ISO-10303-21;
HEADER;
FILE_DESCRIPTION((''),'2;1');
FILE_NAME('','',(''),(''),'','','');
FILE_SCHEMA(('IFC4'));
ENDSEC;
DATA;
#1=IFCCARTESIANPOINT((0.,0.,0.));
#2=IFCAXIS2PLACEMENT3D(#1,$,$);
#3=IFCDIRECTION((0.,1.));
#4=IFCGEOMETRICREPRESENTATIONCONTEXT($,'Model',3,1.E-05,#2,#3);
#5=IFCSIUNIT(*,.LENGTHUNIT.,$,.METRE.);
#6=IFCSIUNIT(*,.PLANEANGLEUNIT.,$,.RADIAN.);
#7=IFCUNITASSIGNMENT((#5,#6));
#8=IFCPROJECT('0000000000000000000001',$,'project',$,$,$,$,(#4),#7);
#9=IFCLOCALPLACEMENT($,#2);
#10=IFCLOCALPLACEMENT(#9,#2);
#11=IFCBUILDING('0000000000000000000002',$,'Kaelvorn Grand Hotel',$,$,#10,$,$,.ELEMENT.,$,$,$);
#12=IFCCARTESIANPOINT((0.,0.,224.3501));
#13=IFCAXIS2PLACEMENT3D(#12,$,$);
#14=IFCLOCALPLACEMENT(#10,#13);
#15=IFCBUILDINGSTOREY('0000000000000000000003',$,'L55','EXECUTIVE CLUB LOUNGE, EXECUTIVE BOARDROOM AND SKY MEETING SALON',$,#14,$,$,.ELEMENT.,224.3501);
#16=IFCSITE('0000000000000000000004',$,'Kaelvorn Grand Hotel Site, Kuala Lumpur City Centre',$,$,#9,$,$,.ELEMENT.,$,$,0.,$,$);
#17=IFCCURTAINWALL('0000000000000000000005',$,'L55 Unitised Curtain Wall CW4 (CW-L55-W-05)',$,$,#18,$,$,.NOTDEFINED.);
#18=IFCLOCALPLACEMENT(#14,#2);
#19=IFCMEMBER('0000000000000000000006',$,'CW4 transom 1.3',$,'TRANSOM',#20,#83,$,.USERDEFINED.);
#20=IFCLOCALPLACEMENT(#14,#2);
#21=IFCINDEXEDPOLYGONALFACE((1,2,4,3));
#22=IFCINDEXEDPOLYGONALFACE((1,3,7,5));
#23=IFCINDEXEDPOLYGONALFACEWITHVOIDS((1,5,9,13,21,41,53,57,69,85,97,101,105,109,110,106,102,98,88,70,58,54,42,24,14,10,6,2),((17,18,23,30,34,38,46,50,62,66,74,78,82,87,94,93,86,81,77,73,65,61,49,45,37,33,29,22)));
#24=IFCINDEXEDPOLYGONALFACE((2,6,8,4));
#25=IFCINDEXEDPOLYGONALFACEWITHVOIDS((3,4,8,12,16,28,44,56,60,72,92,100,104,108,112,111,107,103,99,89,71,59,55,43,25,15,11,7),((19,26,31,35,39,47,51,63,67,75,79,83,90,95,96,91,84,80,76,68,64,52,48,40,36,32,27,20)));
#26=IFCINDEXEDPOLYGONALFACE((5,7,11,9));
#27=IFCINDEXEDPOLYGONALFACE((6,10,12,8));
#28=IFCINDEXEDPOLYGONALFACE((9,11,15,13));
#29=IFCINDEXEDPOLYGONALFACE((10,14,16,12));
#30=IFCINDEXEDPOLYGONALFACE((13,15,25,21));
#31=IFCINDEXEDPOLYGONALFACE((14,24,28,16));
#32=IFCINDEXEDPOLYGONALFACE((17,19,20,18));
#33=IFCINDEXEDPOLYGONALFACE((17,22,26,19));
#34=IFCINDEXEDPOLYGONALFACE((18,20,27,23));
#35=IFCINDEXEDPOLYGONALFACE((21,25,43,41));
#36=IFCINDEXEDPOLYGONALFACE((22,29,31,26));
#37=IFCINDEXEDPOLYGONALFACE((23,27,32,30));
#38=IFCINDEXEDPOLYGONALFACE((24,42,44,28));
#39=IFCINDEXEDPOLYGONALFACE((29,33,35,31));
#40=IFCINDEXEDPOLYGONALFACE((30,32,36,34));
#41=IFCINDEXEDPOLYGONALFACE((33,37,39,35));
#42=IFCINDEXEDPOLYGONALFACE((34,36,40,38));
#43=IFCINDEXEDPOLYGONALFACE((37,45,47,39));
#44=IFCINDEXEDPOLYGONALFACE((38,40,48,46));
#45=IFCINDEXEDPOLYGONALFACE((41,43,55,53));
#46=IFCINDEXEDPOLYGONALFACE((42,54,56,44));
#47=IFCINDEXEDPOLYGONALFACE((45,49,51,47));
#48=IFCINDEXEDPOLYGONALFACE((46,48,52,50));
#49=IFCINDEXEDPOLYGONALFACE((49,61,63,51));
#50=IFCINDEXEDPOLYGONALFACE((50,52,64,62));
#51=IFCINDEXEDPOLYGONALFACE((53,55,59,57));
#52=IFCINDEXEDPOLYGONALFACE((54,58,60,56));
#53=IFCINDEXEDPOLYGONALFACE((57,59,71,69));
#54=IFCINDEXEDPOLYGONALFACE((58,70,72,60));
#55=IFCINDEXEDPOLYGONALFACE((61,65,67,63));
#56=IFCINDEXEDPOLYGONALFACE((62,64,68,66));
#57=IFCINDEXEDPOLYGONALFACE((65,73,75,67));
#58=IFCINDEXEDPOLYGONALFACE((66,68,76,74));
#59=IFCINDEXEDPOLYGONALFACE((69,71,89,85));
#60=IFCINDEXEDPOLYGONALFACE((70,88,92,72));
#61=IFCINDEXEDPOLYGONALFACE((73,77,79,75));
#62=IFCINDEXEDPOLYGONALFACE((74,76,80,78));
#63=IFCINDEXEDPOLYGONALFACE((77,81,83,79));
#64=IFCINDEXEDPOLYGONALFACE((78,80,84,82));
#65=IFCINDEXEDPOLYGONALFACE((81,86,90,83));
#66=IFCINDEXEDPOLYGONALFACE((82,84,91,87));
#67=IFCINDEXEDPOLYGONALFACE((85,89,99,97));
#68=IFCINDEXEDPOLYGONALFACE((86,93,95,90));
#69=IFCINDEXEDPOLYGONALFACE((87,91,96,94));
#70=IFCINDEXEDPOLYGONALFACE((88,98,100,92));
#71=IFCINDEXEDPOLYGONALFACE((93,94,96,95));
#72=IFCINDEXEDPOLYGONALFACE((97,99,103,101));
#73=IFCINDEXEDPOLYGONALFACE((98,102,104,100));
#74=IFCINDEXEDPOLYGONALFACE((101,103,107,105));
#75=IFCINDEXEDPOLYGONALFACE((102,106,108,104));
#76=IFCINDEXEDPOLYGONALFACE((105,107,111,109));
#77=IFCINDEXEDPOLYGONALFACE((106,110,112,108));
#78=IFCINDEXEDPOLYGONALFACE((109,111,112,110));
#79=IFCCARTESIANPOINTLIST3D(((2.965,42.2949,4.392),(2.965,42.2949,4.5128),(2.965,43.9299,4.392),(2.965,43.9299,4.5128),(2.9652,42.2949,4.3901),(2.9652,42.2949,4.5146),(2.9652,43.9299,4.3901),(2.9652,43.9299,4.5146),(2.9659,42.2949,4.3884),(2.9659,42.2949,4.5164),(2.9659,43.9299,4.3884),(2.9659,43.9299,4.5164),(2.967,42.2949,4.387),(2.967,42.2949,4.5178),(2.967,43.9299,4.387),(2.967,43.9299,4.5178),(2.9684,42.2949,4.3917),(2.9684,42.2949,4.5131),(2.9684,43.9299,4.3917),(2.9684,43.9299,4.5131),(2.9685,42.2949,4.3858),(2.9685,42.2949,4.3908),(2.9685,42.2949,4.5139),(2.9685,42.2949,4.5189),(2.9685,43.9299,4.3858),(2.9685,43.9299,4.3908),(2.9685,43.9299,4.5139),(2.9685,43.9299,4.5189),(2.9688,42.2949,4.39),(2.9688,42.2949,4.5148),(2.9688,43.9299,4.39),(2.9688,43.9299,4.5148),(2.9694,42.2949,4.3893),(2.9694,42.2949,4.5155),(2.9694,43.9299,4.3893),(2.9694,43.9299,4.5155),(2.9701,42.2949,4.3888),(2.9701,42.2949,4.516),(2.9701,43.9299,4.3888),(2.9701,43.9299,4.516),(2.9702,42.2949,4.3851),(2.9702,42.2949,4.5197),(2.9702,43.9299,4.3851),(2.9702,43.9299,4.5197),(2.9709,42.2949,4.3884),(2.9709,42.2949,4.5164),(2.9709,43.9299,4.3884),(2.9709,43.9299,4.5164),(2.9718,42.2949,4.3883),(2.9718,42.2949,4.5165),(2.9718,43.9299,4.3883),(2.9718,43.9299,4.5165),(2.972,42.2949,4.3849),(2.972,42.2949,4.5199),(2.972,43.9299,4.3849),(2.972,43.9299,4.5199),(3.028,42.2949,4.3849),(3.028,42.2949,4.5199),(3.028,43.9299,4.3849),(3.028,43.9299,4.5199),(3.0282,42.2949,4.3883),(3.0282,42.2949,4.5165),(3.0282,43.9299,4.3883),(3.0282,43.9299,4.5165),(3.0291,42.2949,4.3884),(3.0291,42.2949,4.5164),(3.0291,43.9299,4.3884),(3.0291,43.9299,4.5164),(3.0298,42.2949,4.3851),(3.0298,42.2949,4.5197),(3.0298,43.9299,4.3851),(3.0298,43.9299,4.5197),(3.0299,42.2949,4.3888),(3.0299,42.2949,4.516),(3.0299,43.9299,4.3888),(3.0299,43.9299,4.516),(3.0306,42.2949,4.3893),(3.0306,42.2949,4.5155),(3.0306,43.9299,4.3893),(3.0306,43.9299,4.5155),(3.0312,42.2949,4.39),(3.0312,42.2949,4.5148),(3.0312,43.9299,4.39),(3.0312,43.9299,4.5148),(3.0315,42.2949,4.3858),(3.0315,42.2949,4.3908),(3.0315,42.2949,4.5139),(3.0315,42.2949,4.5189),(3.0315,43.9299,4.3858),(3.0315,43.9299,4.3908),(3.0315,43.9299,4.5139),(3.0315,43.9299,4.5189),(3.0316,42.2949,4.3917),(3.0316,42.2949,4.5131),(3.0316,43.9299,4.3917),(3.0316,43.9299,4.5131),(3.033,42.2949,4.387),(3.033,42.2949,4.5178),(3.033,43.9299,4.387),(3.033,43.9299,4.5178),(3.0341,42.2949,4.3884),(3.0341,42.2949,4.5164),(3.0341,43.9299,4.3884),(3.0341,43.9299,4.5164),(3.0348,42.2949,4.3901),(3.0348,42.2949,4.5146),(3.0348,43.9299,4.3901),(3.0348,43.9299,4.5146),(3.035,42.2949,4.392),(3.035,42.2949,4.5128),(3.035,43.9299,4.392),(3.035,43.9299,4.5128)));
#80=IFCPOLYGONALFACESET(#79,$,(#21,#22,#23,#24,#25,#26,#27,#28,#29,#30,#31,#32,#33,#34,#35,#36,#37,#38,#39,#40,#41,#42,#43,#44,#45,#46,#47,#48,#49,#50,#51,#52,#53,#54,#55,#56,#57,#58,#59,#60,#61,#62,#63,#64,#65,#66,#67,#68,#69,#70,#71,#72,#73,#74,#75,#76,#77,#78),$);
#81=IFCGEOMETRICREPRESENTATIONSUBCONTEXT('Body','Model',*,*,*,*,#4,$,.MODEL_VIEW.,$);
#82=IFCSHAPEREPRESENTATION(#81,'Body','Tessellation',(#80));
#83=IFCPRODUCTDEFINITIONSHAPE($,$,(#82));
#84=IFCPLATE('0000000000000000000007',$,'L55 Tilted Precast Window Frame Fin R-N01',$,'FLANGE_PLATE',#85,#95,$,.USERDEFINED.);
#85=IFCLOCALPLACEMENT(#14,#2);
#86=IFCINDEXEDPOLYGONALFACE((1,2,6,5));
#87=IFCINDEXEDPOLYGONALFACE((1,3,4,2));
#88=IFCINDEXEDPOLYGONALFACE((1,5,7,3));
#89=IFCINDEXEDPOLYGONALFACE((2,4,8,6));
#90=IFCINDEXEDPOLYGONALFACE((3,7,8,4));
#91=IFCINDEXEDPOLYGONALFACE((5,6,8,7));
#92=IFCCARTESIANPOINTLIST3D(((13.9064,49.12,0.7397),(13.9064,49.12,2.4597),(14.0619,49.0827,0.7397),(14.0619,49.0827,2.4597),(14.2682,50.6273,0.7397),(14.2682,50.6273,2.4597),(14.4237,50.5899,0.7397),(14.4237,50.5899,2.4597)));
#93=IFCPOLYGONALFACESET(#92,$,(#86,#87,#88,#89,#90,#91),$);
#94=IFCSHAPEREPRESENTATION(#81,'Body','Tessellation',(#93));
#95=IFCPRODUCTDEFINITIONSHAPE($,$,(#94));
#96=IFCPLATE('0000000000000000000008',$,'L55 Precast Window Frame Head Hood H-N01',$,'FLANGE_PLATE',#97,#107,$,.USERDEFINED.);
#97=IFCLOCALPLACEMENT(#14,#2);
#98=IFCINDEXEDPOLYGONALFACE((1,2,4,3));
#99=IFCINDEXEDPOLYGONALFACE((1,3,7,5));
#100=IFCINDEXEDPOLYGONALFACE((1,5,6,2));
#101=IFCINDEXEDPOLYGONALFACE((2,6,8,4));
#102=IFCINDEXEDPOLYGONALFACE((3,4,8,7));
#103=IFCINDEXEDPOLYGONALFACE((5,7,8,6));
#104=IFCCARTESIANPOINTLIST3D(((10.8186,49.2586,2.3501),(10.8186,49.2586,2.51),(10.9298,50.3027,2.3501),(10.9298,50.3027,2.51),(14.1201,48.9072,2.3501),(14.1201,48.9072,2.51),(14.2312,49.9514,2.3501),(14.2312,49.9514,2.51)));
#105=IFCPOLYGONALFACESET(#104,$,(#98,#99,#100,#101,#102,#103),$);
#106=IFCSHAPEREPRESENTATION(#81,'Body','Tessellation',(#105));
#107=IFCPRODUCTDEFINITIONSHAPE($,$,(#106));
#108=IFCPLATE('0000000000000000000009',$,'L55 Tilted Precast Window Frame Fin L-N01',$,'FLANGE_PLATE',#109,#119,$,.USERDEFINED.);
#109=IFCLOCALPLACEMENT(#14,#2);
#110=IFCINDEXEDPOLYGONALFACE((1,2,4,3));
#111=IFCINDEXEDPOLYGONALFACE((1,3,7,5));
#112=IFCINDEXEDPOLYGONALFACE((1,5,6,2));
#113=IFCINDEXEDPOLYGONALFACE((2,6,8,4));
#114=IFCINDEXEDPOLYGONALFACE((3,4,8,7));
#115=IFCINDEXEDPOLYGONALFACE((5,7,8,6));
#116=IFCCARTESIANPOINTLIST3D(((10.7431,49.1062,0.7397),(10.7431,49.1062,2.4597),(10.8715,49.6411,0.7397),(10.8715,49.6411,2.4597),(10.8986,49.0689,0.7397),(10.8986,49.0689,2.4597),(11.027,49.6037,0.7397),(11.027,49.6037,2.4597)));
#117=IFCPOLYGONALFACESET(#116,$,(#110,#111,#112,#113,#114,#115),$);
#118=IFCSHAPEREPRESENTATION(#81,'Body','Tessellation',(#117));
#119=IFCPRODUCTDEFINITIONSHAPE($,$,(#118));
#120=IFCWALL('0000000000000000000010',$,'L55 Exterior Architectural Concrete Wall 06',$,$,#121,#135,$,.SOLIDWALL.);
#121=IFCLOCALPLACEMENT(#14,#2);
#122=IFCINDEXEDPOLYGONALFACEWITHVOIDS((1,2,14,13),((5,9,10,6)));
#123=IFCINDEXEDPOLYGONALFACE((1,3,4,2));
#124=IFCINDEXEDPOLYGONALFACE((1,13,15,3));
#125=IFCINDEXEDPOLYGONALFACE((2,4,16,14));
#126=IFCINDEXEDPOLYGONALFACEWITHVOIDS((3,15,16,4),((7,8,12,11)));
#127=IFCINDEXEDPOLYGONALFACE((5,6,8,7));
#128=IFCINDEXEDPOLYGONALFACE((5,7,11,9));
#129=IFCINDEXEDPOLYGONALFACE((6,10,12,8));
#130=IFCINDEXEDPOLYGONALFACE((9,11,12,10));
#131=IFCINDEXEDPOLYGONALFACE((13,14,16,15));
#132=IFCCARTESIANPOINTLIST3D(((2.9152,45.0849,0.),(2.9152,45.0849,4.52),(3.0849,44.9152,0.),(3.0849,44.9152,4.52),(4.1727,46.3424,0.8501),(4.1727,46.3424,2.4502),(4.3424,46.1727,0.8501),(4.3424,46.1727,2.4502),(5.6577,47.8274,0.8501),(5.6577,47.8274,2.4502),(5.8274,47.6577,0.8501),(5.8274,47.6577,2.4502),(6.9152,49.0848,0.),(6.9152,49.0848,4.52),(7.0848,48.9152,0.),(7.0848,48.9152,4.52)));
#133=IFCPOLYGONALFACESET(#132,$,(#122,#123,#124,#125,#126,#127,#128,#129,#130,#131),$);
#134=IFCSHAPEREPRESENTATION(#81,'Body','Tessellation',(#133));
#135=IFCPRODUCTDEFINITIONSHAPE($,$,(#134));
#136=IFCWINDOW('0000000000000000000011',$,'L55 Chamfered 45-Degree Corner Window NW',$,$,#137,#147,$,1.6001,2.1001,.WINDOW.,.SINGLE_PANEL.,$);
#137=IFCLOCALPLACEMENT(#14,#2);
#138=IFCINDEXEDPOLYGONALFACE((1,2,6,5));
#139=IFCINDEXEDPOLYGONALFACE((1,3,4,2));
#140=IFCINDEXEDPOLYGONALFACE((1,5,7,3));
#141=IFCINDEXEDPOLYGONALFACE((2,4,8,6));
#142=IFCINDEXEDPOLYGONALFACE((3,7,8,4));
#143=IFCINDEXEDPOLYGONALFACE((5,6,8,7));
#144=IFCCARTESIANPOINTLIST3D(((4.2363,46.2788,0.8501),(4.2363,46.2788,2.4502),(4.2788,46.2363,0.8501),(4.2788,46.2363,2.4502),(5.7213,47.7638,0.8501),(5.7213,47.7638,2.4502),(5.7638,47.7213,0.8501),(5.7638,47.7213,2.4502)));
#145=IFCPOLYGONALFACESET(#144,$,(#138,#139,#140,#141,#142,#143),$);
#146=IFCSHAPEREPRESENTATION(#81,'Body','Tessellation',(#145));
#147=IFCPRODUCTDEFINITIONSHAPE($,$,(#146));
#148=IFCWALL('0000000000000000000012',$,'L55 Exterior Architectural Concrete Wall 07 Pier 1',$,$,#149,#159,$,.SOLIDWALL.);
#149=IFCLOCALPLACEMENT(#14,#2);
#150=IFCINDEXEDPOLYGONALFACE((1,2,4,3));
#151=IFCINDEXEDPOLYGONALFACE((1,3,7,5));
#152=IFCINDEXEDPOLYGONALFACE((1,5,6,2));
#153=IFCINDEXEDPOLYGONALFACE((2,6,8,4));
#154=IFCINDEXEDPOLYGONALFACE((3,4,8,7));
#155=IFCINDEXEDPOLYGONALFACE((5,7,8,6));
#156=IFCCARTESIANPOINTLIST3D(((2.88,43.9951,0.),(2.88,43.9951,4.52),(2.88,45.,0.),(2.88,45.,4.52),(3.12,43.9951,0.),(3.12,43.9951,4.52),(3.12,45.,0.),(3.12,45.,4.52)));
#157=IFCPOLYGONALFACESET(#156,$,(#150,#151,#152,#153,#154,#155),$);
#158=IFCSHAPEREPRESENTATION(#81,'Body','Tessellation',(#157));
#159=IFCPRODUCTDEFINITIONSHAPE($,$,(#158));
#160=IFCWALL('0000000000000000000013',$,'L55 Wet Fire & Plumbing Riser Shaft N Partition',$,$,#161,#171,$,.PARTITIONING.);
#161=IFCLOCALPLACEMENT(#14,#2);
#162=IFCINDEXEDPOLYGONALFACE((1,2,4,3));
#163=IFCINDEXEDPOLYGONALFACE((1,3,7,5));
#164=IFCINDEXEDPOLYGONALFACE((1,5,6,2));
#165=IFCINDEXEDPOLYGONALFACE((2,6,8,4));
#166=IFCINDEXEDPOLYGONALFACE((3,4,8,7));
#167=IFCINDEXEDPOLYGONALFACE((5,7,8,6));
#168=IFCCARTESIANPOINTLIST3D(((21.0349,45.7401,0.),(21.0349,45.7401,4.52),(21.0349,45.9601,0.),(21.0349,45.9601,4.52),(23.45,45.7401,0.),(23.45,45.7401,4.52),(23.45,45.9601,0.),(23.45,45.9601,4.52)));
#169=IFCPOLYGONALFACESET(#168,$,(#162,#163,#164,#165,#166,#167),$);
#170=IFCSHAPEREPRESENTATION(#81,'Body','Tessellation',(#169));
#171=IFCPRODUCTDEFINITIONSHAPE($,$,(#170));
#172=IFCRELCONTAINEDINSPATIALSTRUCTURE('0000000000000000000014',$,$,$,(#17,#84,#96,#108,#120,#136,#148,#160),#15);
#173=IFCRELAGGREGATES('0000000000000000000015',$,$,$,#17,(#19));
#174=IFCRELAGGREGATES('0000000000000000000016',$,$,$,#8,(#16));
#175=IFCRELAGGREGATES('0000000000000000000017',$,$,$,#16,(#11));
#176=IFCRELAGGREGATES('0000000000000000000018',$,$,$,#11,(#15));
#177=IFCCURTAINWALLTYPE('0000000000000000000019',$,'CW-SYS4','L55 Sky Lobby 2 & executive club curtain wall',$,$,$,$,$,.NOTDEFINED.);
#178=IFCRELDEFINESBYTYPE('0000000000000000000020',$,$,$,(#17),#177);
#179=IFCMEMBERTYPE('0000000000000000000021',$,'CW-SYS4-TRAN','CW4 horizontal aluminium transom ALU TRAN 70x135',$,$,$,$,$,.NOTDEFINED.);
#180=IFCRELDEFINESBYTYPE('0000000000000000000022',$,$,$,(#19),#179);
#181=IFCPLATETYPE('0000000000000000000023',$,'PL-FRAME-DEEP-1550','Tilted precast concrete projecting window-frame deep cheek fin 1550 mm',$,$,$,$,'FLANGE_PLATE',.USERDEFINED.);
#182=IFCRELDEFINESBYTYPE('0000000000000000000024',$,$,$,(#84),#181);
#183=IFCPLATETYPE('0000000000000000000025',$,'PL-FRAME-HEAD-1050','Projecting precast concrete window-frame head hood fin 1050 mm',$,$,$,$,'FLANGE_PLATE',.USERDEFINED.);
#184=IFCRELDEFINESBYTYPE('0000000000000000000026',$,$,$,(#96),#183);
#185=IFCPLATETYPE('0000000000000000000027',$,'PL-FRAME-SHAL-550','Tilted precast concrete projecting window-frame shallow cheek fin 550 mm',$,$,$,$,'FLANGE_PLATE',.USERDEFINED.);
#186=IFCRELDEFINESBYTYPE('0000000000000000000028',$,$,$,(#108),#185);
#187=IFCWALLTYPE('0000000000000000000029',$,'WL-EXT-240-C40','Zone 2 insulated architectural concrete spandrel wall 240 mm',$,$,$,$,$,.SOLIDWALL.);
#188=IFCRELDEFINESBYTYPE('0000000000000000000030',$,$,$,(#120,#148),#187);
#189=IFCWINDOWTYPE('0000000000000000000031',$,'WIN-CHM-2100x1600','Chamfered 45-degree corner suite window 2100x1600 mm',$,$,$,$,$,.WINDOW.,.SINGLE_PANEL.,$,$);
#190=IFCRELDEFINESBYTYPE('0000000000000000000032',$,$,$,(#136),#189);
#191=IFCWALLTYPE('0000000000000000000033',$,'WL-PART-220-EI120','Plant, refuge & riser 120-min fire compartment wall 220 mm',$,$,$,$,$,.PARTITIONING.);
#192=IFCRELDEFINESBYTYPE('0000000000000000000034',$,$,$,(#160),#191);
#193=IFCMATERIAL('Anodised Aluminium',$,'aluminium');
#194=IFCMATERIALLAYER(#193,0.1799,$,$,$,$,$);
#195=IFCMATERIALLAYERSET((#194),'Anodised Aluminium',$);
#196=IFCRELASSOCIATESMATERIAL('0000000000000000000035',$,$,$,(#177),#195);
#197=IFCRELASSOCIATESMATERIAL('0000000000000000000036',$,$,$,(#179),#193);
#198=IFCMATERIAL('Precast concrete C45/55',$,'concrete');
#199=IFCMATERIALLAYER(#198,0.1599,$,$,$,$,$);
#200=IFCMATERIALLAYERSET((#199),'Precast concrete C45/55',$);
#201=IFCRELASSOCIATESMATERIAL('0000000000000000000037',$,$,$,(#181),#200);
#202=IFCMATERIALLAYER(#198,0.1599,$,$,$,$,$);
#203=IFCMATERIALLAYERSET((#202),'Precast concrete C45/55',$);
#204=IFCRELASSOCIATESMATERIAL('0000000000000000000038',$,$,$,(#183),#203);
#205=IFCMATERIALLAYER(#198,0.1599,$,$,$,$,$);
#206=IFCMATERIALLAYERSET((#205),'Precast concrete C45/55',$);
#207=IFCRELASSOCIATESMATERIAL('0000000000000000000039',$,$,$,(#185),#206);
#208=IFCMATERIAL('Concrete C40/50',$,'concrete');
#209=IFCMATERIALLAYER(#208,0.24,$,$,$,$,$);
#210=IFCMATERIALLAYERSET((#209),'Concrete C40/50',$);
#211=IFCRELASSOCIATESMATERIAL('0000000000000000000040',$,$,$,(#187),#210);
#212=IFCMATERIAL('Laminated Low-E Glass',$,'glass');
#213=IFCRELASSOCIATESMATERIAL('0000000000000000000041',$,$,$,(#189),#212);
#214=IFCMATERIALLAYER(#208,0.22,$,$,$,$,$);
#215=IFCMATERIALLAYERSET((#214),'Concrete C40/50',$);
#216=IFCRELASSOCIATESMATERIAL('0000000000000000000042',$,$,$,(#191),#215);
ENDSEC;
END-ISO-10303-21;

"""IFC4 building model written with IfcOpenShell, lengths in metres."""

from ifc_helpers import new_model, si_unit, direction, frame, frame_2d, origin, origin_2d, place, context, subcontext, project, spatial, rectangle, hollow_rectangle, extrude, material, layer, layer_set, material_profile, profile_set, type_object, element, fill, aggregate, save


model = new_model("IFC4")

# Units and contexts
model_context = context("Model", 3, precision=1e-05, world=origin(), true_north=direction((0.0, 1.0)))
body_context = subcontext(model_context, "Body", "Model", "MODEL_VIEW")
ifc_project = project(units=[si_unit("LENGTHUNIT", "METRE"), si_unit("PLANEANGLEUNIT", "RADIAN")], contexts=[model_context])

# Site, building, storey
site_placement = place(None, origin())
site = spatial("IfcSite", under=ifc_project, at=site_placement, Name="Kaelvorn Grand Hotel Site, Kuala Lumpur City Centre", CompositionType="ELEMENT", RefElevation=0.0)
building_placement = place(site_placement, origin())
building = spatial("IfcBuilding", under=site, at=building_placement, Name="Kaelvorn Grand Hotel", CompositionType="ELEMENT")
storey_placement = place(building_placement, frame((0.0, 0.0, 224.3501)))
storey = spatial("IfcBuildingStorey", under=building, at=storey_placement, Name="L55", Description="EXECUTIVE CLUB LOUNGE, EXECUTIVE BOARDROOM AND SKY MEETING SALON", CompositionType="ELEMENT", Elevation=224.3501)

# Curtain wall, member
ifc_material_1 = material(Name="Anodised Aluminium", Category="aluminium")
ifc_layer_1 = layer(ifc_material_1, 0.1799)
ifc_layer_set_1 = layer_set([ifc_layer_1], Name="Anodised Aluminium")
curtain_wall_type = type_object("IfcCurtainWallType", Name="CW-SYS4", Description="L55 Sky Lobby 2 & executive club curtain wall", PredefinedType="NOTDEFINED", material=ifc_layer_set_1)
curtain_wall_placement = place(storey_placement, origin())
curtain_wall = element("IfcCurtainWall", 1, at=curtain_wall_placement, inside=storey, type_object=curtain_wall_type, Name="L55 Unitised Curtain Wall CW4 (CW-L55-W-05)", PredefinedType="NOTDEFINED")
ifc_material_profile_1 = material_profile(ifc_material_1, hollow_rectangle(XDim=0.0701, YDim=0.135, WallThickness=0.0034, InnerFilletRadius=0.0034, OuterFilletRadius=0.0071, at=origin_2d()), Name="ALU TRAN 70x135")
ifc_profile_set_1 = profile_set([ifc_material_profile_1], Name="Anodised Aluminium")
member_type_1 = type_object("IfcMemberType", Name="CW-SYS4-TRAN", Description="CW4 horizontal aluminium transom ALU TRAN 70x135", PredefinedType="NOTDEFINED", material=ifc_profile_set_1)
member_1_placement = place(storey_placement, frame((3.0, 43.9299, 4.4524), z_axis=(0.0, -1.0, 0.0), x_axis=(1.0, 0.0, 0.0)))
member_1 = element("IfcMember", 2, at=member_1_placement, type_object=member_type_1, Name="CW4 transom 1.3", ObjectType="TRANSOM", PredefinedType="USERDEFINED", context=body_context, shape_type="SweptSolid", body=[
    extrude(hollow_rectangle(XDim=0.0701, YDim=0.135, WallThickness=0.0034, InnerFilletRadius=0.0034, OuterFilletRadius=0.0071, at=origin_2d()), origin(), (0.0, 0.0, 1.0), 1.635),
])
aggregate(curtain_wall, [member_1])

# Plates
ifc_material_2 = material(Name="Precast concrete C45/55", Category="concrete")
ifc_layer_2 = layer(ifc_material_2, 0.1599)
ifc_layer_set_2 = layer_set([ifc_layer_2], Name="Precast concrete C45/55")
plate_type_1 = type_object("IfcPlateType", Name="PL-FRAME-DEEP-1550", Description="Tilted precast concrete projecting window-frame deep cheek fin 1550 mm", ElementType="FLANGE_PLATE", PredefinedType="USERDEFINED", material=ifc_layer_set_2)
plate_1_placement = place(storey_placement, frame((14.165, 49.855, 0.7397), z_axis=(0.0, 0.0, 1.0), x_axis=(0.97237, -0.233445, 0.0)))
element("IfcPlate", 3, at=plate_1_placement, inside=storey, type_object=plate_type_1, Name="L55 Tilted Precast Window Frame Fin R-N01", ObjectType="FLANGE_PLATE", PredefinedType="USERDEFINED", context=body_context, shape_type="SweptSolid", body=[
    extrude(rectangle(XDim=0.1599, YDim=1.55, at=origin_2d()), origin(), (0.0, 0.0, 1.0), 1.72),
])
ifc_layer_3 = layer(ifc_material_2, 0.1599)
ifc_layer_set_3 = layer_set([ifc_layer_3], Name="Precast concrete C45/55")
plate_type_2 = type_object("IfcPlateType", Name="PL-FRAME-HEAD-1050", Description="Projecting precast concrete window-frame head hood fin 1050 mm", ElementType="FLANGE_PLATE", PredefinedType="USERDEFINED", material=ifc_layer_set_3)
plate_2_placement = place(storey_placement, frame((12.5249, 49.605, 2.3501), z_axis=(0.0, 0.0, 1.0), x_axis=(0.994384, -0.10583, 0.0)))
element("IfcPlate", 4, at=plate_2_placement, inside=storey, type_object=plate_type_2, Name="L55 Precast Window Frame Head Hood H-N01", ObjectType="FLANGE_PLATE", PredefinedType="USERDEFINED", context=body_context, shape_type="SweptSolid", body=[
    extrude(rectangle(XDim=3.3201, YDim=1.05, at=origin_2d()), origin(), (0.0, 0.0, 1.0), 0.1599),
])
ifc_layer_4 = layer(ifc_material_2, 0.1599)
ifc_layer_set_4 = layer_set([ifc_layer_4], Name="Precast concrete C45/55")
plate_type_3 = type_object("IfcPlateType", Name="PL-FRAME-SHAL-550", Description="Tilted precast concrete projecting window-frame shallow cheek fin 550 mm", ElementType="FLANGE_PLATE", PredefinedType="USERDEFINED", material=ifc_layer_set_4)
plate_3_placement = place(storey_placement, frame((10.885, 49.355, 0.7397), z_axis=(0.0, 0.0, 1.0), x_axis=(0.97237, -0.233445, 0.0)))
element("IfcPlate", 5, at=plate_3_placement, inside=storey, type_object=plate_type_3, Name="L55 Tilted Precast Window Frame Fin L-N01", ObjectType="FLANGE_PLATE", PredefinedType="USERDEFINED", context=body_context, shape_type="SweptSolid", body=[
    extrude(rectangle(XDim=0.1599, YDim=0.55, at=origin_2d()), origin(), (0.0, 0.0, 1.0), 1.72),
])

# Wall, opening, window
ifc_material_3 = material(Name="Concrete C40/50", Category="concrete")
ifc_layer_5 = layer(ifc_material_3, 0.24)
ifc_layer_set_5 = layer_set([ifc_layer_5], Name="Concrete C40/50")
wall_type_1 = type_object("IfcWallType", Name="WL-EXT-240-C40", Description="Zone 2 insulated architectural concrete spandrel wall 240 mm", PredefinedType="SOLIDWALL", material=ifc_layer_set_5)
wall_1_placement = place(storey_placement, frame((7.0, 49.0, 0.0), z_axis=(0.0, 0.0, 1.0), x_axis=(-0.707107, -0.707107, 0.0)))
wall_1 = element("IfcWall", 6, at=wall_1_placement, inside=storey, type_object=wall_type_1, Name="L55 Exterior Architectural Concrete Wall 06", PredefinedType="SOLIDWALL", context=body_context, shape_type="SweptSolid", body=[
    extrude(rectangle(XDim=5.6567, YDim=0.24, at=frame_2d((2.8284, 0.0))), origin(), (0.0, 0.0, 1.0), 4.52),
])
opening_placement = place(wall_1_placement, frame((1.7783, 0.0, 0.8501)))
opening = element("IfcOpeningElement", 7, at=opening_placement, cuts=wall_1, PredefinedType="OPENING", context=body_context, shape_type="SweptSolid", body=[
    extrude(rectangle(XDim=2.1001, YDim=1.6001, at=frame_2d((1.05, 0.8))), frame((0.0, 0.1299, 0.0), z_axis=(0.0, -1.0, 0.0), x_axis=(1.0, 0.0, 0.0)), (0.0, 0.0, 1.0), 0.26),
])
ifc_material_4 = material(Name="Laminated Low-E Glass", Category="glass")
window_type = type_object("IfcWindowType", Name="WIN-CHM-2100x1600", Description="Chamfered 45-degree corner suite window 2100x1600 mm", PartitioningType="SINGLE_PANEL", PredefinedType="WINDOW", material=ifc_material_4)
window_placement = place(opening_placement, origin())
window = element("IfcWindow", 8, at=window_placement, inside=storey, type_object=window_type, Name="L55 Chamfered 45-Degree Corner Window NW", OverallHeight=1.6001, OverallWidth=2.1001, PartitioningType="SINGLE_PANEL", PredefinedType="WINDOW", context=body_context, shape_type="SweptSolid", body=[
    extrude(rectangle(XDim=2.1001, YDim=1.6001, at=frame_2d((1.05, 0.8))), frame((0.0, 0.03, 0.0), z_axis=(0.0, -1.0, 0.0), x_axis=(1.0, 0.0, 0.0)), (0.0, 0.0, 1.0), 0.0601),
])
fill(opening, window)

# Walls
wall_2_placement = place(storey_placement, frame((3.0, 45.0, 0.0), z_axis=(0.0, 0.0, 1.0), x_axis=(0.0, -1.0, 0.0)))
element("IfcWall", 9, at=wall_2_placement, inside=storey, type_object=wall_type_1, Name="L55 Exterior Architectural Concrete Wall 07 Pier 1", PredefinedType="SOLIDWALL", context=body_context, shape_type="SweptSolid", body=[
    extrude(rectangle(XDim=1.0049, YDim=0.24, at=frame_2d((0.5024, 0.0))), origin(), (0.0, 0.0, 1.0), 4.52),
])
ifc_layer_6 = layer(ifc_material_3, 0.22)
ifc_layer_set_6 = layer_set([ifc_layer_6], Name="Concrete C40/50")
wall_type_2 = type_object("IfcWallType", Name="WL-PART-220-EI120", Description="Plant, refuge & riser 120-min fire compartment wall 220 mm", PredefinedType="PARTITIONING", material=ifc_layer_set_6)
wall_3_placement = place(storey_placement, frame((21.0349, 45.8501, 0.0), z_axis=(0.0, 0.0, 1.0), x_axis=(1.0, 0.0, 0.0)))
element("IfcWall", 10, at=wall_3_placement, inside=storey, type_object=wall_type_2, Name="L55 Wet Fire & Plumbing Riser Shaft N Partition", PredefinedType="PARTITIONING", context=body_context, shape_type="SweptSolid", body=[
    extrude(rectangle(XDim=2.415, YDim=0.22, at=frame_2d((1.2075, 0.0))), origin(), (0.0, 0.0, 1.0), 4.52),
])

save(model, "model.ifc")
